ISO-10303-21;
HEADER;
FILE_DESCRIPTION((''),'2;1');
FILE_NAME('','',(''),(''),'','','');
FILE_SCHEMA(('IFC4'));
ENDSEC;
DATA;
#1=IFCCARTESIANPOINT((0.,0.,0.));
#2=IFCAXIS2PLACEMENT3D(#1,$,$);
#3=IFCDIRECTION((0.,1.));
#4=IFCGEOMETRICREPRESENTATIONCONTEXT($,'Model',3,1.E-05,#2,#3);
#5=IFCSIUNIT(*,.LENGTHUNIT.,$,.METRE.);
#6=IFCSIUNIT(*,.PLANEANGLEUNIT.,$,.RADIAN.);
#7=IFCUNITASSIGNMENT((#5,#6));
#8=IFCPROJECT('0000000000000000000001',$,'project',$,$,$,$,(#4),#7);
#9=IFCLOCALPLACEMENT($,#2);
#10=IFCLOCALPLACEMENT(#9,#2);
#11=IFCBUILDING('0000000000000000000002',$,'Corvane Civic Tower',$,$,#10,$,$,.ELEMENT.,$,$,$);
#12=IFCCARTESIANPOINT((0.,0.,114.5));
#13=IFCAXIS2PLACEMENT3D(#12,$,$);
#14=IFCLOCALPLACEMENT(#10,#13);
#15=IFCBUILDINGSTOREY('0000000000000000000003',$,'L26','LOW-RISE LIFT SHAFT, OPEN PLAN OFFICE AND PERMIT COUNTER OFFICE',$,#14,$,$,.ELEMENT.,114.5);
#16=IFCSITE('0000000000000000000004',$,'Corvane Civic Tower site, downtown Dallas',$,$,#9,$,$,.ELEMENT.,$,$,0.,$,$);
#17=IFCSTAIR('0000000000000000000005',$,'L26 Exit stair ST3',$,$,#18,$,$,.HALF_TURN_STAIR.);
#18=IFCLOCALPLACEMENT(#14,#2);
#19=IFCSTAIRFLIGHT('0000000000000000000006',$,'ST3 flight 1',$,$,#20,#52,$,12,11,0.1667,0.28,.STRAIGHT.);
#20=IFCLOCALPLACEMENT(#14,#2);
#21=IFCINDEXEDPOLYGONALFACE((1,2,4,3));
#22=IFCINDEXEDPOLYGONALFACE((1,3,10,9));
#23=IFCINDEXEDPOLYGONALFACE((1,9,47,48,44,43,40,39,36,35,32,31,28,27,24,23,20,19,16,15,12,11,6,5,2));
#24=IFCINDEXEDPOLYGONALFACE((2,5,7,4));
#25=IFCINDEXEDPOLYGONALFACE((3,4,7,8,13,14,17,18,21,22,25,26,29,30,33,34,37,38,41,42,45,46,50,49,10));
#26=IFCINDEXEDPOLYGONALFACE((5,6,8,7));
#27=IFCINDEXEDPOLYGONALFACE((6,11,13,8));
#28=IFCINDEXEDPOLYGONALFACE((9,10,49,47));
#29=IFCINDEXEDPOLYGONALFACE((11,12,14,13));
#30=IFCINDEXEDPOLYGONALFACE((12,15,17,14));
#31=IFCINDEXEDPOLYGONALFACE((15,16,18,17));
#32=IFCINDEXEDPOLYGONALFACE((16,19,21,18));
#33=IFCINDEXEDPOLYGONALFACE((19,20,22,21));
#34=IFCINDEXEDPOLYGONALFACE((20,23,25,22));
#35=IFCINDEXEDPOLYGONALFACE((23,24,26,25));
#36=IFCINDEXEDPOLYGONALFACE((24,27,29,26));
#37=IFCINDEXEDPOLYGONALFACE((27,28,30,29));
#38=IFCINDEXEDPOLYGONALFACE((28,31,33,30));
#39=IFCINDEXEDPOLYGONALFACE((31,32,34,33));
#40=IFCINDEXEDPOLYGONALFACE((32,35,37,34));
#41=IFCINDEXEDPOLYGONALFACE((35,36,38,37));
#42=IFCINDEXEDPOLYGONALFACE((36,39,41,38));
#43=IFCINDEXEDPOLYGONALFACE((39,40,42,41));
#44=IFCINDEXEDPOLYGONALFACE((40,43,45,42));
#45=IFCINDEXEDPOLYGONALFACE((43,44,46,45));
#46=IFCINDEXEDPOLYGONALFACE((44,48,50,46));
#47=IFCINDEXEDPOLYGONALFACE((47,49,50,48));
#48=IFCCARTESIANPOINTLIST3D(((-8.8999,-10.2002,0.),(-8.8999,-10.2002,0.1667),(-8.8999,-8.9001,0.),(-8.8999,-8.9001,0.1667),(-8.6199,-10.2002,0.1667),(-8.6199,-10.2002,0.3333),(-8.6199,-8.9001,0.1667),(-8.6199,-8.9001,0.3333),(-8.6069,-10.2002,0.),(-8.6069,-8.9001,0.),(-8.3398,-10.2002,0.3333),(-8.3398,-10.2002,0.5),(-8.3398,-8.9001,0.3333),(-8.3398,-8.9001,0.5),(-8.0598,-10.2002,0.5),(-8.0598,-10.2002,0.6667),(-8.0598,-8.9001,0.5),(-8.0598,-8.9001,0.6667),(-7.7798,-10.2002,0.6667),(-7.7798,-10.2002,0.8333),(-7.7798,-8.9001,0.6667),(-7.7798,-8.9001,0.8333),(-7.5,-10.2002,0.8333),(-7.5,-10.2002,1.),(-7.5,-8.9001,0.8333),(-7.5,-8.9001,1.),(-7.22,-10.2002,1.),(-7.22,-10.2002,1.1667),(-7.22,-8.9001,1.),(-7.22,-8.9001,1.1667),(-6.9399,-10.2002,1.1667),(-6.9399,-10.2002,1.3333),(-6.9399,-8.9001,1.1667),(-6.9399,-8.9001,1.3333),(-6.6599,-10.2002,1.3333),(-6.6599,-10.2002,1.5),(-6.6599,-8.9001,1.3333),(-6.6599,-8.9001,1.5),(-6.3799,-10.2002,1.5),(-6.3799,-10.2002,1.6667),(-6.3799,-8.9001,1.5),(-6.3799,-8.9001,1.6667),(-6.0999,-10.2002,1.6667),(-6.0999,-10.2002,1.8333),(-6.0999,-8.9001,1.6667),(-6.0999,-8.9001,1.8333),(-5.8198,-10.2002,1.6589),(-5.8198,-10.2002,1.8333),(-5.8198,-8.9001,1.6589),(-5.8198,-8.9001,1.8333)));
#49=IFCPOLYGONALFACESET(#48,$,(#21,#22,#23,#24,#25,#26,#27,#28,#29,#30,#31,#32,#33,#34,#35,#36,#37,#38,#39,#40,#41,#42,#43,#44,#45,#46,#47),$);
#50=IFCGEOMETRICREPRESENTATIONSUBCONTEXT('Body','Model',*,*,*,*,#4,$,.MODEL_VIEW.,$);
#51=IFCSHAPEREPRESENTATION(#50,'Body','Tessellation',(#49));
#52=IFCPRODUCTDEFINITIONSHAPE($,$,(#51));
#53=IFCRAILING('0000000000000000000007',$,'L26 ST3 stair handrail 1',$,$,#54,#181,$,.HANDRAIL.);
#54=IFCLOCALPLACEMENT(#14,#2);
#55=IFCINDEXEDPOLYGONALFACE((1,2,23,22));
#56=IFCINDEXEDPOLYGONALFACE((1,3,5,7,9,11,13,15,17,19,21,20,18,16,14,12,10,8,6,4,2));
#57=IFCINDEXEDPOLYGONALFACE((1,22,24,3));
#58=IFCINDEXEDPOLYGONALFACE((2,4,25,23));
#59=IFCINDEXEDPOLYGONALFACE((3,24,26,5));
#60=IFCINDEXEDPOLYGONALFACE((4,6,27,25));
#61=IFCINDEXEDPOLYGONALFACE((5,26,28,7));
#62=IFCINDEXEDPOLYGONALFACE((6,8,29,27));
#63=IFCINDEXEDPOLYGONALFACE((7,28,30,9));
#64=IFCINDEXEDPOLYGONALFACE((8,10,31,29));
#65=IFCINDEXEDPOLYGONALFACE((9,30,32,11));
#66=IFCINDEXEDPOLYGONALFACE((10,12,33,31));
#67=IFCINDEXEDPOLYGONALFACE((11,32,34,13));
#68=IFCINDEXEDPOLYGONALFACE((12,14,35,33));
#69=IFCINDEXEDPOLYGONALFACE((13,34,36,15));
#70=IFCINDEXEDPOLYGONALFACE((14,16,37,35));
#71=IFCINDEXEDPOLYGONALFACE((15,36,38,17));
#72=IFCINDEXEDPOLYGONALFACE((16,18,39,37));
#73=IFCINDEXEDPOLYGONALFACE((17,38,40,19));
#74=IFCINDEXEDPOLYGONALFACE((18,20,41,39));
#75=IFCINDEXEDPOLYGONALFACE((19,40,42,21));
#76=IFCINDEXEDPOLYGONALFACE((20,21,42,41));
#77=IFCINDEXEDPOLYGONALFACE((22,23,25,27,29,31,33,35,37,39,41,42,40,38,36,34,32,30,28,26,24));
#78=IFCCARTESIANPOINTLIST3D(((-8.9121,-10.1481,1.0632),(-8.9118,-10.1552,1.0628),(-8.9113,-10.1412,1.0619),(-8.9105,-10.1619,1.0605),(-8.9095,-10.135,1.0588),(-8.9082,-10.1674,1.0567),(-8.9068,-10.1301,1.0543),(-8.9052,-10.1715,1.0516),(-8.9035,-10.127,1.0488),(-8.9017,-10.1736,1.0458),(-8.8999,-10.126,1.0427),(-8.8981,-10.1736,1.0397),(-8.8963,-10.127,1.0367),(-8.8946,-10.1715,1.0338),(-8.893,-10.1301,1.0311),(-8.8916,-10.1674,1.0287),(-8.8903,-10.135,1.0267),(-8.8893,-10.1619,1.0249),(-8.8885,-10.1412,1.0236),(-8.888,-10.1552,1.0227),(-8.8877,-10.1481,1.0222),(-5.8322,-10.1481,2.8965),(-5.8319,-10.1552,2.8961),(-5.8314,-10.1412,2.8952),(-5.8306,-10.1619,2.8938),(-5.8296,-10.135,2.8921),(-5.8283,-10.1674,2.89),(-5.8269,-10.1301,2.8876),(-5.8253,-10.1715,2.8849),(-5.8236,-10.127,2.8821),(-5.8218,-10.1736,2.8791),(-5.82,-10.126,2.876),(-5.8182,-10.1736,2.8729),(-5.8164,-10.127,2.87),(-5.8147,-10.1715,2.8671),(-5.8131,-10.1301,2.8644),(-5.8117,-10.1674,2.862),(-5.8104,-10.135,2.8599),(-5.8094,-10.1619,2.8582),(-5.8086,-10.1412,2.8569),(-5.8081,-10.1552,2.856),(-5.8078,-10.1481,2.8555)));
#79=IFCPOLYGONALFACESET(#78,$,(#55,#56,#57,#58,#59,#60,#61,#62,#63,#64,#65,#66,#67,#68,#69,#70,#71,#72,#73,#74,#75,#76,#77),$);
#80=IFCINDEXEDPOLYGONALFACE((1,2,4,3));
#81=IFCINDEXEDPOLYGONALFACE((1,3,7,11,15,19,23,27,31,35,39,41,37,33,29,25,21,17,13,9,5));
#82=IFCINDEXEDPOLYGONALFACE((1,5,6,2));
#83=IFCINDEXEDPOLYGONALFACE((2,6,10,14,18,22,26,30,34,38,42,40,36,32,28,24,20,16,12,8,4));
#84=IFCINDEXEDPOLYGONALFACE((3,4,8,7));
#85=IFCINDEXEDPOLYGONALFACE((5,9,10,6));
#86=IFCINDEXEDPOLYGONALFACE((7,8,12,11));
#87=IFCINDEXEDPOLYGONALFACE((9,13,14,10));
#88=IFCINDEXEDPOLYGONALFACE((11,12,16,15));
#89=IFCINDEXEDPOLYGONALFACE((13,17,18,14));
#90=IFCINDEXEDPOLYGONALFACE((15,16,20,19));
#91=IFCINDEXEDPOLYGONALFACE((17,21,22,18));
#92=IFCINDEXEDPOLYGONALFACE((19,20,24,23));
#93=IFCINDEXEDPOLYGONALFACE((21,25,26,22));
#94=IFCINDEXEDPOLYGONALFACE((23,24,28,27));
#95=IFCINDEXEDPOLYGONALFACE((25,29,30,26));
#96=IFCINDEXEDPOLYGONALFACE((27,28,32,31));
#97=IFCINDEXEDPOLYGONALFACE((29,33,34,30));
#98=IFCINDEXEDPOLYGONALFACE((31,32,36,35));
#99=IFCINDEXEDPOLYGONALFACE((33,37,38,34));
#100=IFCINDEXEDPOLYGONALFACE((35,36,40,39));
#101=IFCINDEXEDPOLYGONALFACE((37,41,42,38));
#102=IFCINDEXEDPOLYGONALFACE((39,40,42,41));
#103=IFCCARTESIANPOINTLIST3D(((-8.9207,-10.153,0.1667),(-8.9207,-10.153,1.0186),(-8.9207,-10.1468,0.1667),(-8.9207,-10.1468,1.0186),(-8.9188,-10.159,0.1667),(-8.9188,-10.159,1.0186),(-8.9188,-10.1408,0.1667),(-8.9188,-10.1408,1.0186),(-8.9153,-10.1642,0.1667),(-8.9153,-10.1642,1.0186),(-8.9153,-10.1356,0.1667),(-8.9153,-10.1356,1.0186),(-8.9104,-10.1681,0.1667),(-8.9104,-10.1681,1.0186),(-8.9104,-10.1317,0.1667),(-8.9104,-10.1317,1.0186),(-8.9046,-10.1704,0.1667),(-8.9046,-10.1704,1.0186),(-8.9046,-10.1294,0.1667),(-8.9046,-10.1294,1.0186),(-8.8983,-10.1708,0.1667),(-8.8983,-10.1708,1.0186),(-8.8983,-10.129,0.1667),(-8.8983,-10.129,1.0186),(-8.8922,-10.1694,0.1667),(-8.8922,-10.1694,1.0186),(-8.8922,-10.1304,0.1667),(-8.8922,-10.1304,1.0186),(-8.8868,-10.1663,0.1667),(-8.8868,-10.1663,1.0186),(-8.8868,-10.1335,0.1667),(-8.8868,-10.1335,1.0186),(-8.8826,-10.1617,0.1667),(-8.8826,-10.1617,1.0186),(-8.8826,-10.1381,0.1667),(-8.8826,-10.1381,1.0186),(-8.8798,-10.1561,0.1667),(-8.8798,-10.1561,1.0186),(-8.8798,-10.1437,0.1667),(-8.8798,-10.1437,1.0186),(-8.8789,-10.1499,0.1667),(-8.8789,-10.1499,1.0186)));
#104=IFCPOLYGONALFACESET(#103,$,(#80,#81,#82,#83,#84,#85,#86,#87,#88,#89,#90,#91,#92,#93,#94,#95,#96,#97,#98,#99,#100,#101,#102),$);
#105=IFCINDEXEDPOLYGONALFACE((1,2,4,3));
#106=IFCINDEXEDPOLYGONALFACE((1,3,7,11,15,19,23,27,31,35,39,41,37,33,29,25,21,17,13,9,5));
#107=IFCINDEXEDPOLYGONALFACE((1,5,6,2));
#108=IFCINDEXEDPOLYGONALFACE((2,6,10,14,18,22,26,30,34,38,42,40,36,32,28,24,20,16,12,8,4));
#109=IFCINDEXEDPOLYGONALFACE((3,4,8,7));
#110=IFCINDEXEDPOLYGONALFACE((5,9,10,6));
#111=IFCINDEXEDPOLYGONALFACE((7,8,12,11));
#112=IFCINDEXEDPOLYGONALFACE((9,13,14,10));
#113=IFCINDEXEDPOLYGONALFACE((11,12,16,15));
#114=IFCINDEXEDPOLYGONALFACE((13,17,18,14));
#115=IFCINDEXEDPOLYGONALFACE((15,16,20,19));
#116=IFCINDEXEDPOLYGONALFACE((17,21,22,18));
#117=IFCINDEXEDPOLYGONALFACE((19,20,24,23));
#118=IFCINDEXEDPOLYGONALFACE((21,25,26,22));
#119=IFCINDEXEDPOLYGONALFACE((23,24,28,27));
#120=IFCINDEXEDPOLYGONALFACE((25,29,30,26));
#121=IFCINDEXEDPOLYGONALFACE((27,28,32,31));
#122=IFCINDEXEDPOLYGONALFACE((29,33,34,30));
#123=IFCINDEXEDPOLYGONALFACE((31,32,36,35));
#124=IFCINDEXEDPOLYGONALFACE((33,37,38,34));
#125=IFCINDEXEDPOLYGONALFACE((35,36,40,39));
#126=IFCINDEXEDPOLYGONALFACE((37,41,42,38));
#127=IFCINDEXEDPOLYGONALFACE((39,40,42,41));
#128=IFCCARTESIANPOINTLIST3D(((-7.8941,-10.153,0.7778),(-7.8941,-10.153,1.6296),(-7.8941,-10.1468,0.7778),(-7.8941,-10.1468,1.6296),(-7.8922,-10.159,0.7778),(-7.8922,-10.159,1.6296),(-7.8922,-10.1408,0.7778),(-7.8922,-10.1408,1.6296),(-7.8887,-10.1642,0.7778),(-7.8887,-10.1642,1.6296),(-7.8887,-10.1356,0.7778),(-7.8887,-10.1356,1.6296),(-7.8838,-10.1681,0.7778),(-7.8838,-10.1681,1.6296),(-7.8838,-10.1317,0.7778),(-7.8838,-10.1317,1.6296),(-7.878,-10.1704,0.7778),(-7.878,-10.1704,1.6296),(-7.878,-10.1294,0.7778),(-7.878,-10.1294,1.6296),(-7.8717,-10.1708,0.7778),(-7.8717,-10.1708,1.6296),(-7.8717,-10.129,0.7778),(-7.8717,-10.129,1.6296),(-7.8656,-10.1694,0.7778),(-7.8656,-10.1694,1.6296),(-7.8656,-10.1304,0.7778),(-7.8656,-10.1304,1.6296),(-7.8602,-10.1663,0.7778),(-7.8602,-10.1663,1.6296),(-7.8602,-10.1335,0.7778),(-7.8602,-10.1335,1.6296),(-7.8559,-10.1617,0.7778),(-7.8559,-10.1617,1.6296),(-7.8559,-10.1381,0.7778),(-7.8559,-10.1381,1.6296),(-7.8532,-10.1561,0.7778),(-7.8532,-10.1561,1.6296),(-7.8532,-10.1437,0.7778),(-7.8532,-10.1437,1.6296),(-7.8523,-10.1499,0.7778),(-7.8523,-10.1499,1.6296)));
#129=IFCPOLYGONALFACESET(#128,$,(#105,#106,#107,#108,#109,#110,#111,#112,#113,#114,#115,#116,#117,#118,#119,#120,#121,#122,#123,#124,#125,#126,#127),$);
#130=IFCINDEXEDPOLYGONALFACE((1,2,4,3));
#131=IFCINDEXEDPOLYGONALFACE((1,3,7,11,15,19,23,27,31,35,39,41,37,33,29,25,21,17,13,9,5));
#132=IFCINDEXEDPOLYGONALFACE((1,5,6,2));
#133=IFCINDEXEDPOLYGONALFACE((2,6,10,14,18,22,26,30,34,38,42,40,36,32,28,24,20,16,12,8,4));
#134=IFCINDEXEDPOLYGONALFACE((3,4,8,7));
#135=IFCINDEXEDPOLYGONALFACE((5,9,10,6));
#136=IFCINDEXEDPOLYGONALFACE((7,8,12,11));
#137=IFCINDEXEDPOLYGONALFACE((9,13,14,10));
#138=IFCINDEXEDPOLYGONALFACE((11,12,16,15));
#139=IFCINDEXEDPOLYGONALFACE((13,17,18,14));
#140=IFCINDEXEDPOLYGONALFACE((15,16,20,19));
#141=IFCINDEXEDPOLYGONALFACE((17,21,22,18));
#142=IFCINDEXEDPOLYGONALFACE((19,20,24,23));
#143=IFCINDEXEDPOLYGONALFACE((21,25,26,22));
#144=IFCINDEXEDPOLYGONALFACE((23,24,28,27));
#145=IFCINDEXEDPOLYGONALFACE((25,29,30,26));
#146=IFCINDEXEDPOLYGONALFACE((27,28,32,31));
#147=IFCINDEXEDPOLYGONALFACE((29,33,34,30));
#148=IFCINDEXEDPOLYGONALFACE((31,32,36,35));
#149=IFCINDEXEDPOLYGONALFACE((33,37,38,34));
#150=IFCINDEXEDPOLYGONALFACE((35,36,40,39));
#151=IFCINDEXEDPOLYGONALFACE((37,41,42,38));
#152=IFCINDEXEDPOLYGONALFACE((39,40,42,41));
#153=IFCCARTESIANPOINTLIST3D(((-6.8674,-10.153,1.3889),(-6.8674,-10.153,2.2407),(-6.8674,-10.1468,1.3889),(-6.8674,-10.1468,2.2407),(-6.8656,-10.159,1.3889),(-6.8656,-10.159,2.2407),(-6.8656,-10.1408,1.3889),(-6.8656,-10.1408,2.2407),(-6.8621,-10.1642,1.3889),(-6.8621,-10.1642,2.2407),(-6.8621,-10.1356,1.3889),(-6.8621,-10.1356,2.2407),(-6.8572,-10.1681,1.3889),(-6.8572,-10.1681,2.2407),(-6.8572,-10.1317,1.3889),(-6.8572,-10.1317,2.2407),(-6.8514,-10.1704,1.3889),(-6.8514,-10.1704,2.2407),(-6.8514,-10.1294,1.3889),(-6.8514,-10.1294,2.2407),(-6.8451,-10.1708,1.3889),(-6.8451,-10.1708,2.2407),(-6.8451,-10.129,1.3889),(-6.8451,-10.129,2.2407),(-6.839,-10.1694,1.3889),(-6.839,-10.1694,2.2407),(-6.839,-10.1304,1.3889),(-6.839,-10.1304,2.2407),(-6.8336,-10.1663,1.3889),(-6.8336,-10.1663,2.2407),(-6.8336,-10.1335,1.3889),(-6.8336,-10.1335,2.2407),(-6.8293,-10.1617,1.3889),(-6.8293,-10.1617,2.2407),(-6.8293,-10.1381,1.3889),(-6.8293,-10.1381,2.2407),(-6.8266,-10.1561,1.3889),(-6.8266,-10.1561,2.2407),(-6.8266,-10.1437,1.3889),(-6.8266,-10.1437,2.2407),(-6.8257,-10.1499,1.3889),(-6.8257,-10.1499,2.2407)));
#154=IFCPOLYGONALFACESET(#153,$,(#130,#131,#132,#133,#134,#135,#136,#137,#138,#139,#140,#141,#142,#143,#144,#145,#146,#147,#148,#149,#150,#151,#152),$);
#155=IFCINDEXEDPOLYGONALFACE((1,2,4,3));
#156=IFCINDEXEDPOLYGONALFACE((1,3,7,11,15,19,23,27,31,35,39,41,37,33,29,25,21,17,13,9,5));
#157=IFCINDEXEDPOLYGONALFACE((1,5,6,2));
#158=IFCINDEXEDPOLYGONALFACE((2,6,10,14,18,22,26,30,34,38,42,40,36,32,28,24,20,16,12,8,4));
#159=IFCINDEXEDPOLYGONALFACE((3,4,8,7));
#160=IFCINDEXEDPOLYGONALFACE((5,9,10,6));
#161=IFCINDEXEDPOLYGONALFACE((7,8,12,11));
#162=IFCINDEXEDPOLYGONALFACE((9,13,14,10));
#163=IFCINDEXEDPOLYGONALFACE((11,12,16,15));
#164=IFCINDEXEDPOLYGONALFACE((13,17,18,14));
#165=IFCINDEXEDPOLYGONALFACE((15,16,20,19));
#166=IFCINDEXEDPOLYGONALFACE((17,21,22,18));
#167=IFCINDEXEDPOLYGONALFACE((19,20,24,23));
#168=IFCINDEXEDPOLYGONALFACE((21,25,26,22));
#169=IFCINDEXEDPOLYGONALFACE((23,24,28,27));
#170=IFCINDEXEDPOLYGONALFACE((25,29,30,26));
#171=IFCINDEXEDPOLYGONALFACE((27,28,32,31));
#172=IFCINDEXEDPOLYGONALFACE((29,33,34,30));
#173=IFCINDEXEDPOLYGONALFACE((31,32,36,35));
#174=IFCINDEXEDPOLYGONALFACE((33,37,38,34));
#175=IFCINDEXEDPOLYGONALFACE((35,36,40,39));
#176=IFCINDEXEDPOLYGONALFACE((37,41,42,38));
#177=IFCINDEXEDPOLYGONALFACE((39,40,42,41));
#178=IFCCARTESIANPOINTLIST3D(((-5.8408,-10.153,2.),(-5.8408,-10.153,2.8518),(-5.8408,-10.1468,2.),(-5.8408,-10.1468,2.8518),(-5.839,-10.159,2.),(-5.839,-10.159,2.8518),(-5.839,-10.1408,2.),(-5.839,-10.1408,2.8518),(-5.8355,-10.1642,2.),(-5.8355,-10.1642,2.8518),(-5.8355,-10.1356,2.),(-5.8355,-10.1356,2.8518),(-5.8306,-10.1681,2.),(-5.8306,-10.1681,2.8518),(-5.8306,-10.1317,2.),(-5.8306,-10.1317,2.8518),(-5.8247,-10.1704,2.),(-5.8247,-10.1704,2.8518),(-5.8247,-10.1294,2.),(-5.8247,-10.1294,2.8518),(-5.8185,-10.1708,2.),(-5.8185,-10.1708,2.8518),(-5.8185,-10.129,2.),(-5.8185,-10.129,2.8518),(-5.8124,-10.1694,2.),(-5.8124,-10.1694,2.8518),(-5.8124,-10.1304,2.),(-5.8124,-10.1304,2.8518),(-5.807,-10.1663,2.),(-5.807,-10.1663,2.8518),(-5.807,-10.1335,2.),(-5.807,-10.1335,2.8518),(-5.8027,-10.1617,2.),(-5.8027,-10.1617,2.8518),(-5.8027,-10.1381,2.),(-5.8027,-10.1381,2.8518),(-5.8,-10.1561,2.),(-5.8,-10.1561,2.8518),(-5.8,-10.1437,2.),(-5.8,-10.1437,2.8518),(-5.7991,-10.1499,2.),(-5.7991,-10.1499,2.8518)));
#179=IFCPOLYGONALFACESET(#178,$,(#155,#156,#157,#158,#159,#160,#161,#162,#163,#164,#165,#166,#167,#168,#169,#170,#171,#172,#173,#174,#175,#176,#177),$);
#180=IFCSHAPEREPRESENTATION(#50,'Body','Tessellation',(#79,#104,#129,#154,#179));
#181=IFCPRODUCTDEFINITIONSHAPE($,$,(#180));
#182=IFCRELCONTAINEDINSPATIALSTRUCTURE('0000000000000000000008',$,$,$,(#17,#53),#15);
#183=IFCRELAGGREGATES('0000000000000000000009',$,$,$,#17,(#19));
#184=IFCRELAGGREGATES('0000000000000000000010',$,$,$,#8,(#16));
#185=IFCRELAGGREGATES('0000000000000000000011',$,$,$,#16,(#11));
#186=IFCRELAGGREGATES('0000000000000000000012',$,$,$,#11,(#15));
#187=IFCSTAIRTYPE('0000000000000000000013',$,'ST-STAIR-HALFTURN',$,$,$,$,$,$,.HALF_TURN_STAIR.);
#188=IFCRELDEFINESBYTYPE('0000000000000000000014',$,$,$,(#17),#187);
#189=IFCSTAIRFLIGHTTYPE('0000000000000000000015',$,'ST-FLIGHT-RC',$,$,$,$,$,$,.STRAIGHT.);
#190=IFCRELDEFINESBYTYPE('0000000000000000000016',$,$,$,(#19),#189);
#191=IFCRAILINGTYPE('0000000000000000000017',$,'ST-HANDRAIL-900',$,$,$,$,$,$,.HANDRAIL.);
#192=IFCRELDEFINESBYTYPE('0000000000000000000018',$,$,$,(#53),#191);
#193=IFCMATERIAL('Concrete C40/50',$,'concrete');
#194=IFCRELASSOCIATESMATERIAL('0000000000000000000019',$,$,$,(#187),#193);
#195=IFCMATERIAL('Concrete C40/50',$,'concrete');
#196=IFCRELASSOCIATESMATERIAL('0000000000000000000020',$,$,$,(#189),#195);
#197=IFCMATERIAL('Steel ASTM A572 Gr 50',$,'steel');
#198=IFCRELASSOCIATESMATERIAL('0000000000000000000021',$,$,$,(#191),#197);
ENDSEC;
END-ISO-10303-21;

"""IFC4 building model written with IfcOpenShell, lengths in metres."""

from ifc_helpers import new_model, si_unit, direction, frame, origin, origin_2d, place, context, subcontext, project, spatial, polyline, circle, outline, extrude, material, type_object, element, aggregate, save


model = new_model("IFC4")

# Units and contexts
model_context = context("Model", 3, precision=1e-05, world=origin(), true_north=direction((0.0, 1.0)))
body_context = subcontext(model_context, "Body", "Model", "MODEL_VIEW")
ifc_project = project(units=[si_unit("LENGTHUNIT", "METRE"), si_unit("PLANEANGLEUNIT", "RADIAN")], contexts=[model_context])

# Site, building, storey
site_placement = place(None, origin())
site = spatial("IfcSite", under=ifc_project, at=site_placement, Name="Corvane Civic Tower site, downtown Dallas", CompositionType="ELEMENT", RefElevation=0.0)
building_placement = place(site_placement, origin())
building = spatial("IfcBuilding", under=site, at=building_placement, Name="Corvane Civic Tower", CompositionType="ELEMENT")
storey_placement = place(building_placement, frame((0.0, 0.0, 114.5)))
storey = spatial("IfcBuildingStorey", under=building, at=storey_placement, Name="L26", Description="LOW-RISE LIFT SHAFT, OPEN PLAN OFFICE AND PERMIT COUNTER OFFICE", CompositionType="ELEMENT", Elevation=114.5)

# Stair, stair flight
ifc_material_1 = material(Name="Concrete C40/50", Category="concrete")
stair_type = type_object("IfcStairType", Name="ST-STAIR-HALFTURN", PredefinedType="HALF_TURN_STAIR", material=ifc_material_1)
stair_placement = place(storey_placement, origin())
stair = element("IfcStair", 1, at=stair_placement, inside=storey, type_object=stair_type, Name="L26 Exit stair ST3", PredefinedType="HALF_TURN_STAIR")
ifc_material_2 = material(Name="Concrete C40/50", Category="concrete")
stair_flight_type = type_object("IfcStairFlightType", Name="ST-FLIGHT-RC", PredefinedType="STRAIGHT", material=ifc_material_2)
stair_flight_placement = place(storey_placement, frame((-8.8999, -9.55, 0.0), z_axis=(0.0, 0.0, 1.0), x_axis=(1.0, 0.0, 0.0)))
stair_flight = element("IfcStairFlight", 2, at=stair_flight_placement, type_object=stair_flight_type, Name="ST3 flight 1", NumberOfRisers=12, NumberOfTreads=11, PredefinedType="STRAIGHT", RiserHeight=0.1667, TreadLength=0.28, context=body_context, shape_type="SweptSolid", body=[
    extrude(outline(polyline([(0.0, 0.0), (0.0, 0.1667), (0.28, 0.1667), (0.28, 0.3333), (0.5601, 0.3333), (0.5601, 0.5), (0.8401, 0.5), (0.8401, 0.6667), (1.1201, 0.6667), (1.1201, 0.8333), (1.3999, 0.8333), (1.3999, 1.0), (1.6799, 1.0), (1.6799, 1.1667), (1.96, 1.1667), (1.96, 1.3333), (2.24, 1.3333), (2.24, 1.5), (2.52, 1.5), (2.52, 1.6667), (2.8, 1.6667), (2.8, 1.8333), (3.0801, 1.8333), (3.0801, 2.0), (3.0801, 1.6589), (0.293, 0.0), (0.0, 0.0)])), frame((0.0, 0.6499, 0.0), z_axis=(0.0, -1.0, 0.0), x_axis=(1.0, 0.0, 0.0)), (0.0, 0.0, 1.0), 1.3),
])
aggregate(stair, [stair_flight])

# Railing
ifc_material_3 = material(Name="Steel ASTM A572 Gr 50", Category="steel")
railing_type_1 = type_object("IfcRailingType", Name="ST-HANDRAIL-900", PredefinedType="HANDRAIL", material=ifc_material_3)
railing_1_placement = place(storey_placement, frame((-8.8999, -10.1499, 0.1667)))
element("IfcRailing", 3, at=railing_1_placement, inside=storey, type_object=railing_type_1, Name="L26 ST3 stair handrail 1", PredefinedType="HANDRAIL", context=body_context, shape_type="SweptSolid", body=[
    extrude(circle(Radius=0.0239, at=origin_2d()), frame((0.0, 0.0, 0.876), z_axis=(0.859291, 0.0, 0.511487), x_axis=(0.0, 1.0, 0.0)), (0.0, 0.0, 1.0), 3.5842),
    extrude(circle(Radius=0.021, at=origin_2d()), origin(), (0.0, 0.0, 1.0), 0.8518),
    extrude(circle(Radius=0.021, at=origin_2d()), frame((1.0266, 0.0, 0.6111)), (0.0, 0.0, 1.0), 0.8518),
    extrude(circle(Radius=0.021, at=origin_2d()), frame((2.0532, 0.0, 1.2222)), (0.0, 0.0, 1.0), 0.8518),
    extrude(circle(Radius=0.021, at=origin_2d()), frame((3.0798, 0.0, 1.8333)), (0.0, 0.0, 1.0), 0.8518),
])

save(model, "model.ifc")
